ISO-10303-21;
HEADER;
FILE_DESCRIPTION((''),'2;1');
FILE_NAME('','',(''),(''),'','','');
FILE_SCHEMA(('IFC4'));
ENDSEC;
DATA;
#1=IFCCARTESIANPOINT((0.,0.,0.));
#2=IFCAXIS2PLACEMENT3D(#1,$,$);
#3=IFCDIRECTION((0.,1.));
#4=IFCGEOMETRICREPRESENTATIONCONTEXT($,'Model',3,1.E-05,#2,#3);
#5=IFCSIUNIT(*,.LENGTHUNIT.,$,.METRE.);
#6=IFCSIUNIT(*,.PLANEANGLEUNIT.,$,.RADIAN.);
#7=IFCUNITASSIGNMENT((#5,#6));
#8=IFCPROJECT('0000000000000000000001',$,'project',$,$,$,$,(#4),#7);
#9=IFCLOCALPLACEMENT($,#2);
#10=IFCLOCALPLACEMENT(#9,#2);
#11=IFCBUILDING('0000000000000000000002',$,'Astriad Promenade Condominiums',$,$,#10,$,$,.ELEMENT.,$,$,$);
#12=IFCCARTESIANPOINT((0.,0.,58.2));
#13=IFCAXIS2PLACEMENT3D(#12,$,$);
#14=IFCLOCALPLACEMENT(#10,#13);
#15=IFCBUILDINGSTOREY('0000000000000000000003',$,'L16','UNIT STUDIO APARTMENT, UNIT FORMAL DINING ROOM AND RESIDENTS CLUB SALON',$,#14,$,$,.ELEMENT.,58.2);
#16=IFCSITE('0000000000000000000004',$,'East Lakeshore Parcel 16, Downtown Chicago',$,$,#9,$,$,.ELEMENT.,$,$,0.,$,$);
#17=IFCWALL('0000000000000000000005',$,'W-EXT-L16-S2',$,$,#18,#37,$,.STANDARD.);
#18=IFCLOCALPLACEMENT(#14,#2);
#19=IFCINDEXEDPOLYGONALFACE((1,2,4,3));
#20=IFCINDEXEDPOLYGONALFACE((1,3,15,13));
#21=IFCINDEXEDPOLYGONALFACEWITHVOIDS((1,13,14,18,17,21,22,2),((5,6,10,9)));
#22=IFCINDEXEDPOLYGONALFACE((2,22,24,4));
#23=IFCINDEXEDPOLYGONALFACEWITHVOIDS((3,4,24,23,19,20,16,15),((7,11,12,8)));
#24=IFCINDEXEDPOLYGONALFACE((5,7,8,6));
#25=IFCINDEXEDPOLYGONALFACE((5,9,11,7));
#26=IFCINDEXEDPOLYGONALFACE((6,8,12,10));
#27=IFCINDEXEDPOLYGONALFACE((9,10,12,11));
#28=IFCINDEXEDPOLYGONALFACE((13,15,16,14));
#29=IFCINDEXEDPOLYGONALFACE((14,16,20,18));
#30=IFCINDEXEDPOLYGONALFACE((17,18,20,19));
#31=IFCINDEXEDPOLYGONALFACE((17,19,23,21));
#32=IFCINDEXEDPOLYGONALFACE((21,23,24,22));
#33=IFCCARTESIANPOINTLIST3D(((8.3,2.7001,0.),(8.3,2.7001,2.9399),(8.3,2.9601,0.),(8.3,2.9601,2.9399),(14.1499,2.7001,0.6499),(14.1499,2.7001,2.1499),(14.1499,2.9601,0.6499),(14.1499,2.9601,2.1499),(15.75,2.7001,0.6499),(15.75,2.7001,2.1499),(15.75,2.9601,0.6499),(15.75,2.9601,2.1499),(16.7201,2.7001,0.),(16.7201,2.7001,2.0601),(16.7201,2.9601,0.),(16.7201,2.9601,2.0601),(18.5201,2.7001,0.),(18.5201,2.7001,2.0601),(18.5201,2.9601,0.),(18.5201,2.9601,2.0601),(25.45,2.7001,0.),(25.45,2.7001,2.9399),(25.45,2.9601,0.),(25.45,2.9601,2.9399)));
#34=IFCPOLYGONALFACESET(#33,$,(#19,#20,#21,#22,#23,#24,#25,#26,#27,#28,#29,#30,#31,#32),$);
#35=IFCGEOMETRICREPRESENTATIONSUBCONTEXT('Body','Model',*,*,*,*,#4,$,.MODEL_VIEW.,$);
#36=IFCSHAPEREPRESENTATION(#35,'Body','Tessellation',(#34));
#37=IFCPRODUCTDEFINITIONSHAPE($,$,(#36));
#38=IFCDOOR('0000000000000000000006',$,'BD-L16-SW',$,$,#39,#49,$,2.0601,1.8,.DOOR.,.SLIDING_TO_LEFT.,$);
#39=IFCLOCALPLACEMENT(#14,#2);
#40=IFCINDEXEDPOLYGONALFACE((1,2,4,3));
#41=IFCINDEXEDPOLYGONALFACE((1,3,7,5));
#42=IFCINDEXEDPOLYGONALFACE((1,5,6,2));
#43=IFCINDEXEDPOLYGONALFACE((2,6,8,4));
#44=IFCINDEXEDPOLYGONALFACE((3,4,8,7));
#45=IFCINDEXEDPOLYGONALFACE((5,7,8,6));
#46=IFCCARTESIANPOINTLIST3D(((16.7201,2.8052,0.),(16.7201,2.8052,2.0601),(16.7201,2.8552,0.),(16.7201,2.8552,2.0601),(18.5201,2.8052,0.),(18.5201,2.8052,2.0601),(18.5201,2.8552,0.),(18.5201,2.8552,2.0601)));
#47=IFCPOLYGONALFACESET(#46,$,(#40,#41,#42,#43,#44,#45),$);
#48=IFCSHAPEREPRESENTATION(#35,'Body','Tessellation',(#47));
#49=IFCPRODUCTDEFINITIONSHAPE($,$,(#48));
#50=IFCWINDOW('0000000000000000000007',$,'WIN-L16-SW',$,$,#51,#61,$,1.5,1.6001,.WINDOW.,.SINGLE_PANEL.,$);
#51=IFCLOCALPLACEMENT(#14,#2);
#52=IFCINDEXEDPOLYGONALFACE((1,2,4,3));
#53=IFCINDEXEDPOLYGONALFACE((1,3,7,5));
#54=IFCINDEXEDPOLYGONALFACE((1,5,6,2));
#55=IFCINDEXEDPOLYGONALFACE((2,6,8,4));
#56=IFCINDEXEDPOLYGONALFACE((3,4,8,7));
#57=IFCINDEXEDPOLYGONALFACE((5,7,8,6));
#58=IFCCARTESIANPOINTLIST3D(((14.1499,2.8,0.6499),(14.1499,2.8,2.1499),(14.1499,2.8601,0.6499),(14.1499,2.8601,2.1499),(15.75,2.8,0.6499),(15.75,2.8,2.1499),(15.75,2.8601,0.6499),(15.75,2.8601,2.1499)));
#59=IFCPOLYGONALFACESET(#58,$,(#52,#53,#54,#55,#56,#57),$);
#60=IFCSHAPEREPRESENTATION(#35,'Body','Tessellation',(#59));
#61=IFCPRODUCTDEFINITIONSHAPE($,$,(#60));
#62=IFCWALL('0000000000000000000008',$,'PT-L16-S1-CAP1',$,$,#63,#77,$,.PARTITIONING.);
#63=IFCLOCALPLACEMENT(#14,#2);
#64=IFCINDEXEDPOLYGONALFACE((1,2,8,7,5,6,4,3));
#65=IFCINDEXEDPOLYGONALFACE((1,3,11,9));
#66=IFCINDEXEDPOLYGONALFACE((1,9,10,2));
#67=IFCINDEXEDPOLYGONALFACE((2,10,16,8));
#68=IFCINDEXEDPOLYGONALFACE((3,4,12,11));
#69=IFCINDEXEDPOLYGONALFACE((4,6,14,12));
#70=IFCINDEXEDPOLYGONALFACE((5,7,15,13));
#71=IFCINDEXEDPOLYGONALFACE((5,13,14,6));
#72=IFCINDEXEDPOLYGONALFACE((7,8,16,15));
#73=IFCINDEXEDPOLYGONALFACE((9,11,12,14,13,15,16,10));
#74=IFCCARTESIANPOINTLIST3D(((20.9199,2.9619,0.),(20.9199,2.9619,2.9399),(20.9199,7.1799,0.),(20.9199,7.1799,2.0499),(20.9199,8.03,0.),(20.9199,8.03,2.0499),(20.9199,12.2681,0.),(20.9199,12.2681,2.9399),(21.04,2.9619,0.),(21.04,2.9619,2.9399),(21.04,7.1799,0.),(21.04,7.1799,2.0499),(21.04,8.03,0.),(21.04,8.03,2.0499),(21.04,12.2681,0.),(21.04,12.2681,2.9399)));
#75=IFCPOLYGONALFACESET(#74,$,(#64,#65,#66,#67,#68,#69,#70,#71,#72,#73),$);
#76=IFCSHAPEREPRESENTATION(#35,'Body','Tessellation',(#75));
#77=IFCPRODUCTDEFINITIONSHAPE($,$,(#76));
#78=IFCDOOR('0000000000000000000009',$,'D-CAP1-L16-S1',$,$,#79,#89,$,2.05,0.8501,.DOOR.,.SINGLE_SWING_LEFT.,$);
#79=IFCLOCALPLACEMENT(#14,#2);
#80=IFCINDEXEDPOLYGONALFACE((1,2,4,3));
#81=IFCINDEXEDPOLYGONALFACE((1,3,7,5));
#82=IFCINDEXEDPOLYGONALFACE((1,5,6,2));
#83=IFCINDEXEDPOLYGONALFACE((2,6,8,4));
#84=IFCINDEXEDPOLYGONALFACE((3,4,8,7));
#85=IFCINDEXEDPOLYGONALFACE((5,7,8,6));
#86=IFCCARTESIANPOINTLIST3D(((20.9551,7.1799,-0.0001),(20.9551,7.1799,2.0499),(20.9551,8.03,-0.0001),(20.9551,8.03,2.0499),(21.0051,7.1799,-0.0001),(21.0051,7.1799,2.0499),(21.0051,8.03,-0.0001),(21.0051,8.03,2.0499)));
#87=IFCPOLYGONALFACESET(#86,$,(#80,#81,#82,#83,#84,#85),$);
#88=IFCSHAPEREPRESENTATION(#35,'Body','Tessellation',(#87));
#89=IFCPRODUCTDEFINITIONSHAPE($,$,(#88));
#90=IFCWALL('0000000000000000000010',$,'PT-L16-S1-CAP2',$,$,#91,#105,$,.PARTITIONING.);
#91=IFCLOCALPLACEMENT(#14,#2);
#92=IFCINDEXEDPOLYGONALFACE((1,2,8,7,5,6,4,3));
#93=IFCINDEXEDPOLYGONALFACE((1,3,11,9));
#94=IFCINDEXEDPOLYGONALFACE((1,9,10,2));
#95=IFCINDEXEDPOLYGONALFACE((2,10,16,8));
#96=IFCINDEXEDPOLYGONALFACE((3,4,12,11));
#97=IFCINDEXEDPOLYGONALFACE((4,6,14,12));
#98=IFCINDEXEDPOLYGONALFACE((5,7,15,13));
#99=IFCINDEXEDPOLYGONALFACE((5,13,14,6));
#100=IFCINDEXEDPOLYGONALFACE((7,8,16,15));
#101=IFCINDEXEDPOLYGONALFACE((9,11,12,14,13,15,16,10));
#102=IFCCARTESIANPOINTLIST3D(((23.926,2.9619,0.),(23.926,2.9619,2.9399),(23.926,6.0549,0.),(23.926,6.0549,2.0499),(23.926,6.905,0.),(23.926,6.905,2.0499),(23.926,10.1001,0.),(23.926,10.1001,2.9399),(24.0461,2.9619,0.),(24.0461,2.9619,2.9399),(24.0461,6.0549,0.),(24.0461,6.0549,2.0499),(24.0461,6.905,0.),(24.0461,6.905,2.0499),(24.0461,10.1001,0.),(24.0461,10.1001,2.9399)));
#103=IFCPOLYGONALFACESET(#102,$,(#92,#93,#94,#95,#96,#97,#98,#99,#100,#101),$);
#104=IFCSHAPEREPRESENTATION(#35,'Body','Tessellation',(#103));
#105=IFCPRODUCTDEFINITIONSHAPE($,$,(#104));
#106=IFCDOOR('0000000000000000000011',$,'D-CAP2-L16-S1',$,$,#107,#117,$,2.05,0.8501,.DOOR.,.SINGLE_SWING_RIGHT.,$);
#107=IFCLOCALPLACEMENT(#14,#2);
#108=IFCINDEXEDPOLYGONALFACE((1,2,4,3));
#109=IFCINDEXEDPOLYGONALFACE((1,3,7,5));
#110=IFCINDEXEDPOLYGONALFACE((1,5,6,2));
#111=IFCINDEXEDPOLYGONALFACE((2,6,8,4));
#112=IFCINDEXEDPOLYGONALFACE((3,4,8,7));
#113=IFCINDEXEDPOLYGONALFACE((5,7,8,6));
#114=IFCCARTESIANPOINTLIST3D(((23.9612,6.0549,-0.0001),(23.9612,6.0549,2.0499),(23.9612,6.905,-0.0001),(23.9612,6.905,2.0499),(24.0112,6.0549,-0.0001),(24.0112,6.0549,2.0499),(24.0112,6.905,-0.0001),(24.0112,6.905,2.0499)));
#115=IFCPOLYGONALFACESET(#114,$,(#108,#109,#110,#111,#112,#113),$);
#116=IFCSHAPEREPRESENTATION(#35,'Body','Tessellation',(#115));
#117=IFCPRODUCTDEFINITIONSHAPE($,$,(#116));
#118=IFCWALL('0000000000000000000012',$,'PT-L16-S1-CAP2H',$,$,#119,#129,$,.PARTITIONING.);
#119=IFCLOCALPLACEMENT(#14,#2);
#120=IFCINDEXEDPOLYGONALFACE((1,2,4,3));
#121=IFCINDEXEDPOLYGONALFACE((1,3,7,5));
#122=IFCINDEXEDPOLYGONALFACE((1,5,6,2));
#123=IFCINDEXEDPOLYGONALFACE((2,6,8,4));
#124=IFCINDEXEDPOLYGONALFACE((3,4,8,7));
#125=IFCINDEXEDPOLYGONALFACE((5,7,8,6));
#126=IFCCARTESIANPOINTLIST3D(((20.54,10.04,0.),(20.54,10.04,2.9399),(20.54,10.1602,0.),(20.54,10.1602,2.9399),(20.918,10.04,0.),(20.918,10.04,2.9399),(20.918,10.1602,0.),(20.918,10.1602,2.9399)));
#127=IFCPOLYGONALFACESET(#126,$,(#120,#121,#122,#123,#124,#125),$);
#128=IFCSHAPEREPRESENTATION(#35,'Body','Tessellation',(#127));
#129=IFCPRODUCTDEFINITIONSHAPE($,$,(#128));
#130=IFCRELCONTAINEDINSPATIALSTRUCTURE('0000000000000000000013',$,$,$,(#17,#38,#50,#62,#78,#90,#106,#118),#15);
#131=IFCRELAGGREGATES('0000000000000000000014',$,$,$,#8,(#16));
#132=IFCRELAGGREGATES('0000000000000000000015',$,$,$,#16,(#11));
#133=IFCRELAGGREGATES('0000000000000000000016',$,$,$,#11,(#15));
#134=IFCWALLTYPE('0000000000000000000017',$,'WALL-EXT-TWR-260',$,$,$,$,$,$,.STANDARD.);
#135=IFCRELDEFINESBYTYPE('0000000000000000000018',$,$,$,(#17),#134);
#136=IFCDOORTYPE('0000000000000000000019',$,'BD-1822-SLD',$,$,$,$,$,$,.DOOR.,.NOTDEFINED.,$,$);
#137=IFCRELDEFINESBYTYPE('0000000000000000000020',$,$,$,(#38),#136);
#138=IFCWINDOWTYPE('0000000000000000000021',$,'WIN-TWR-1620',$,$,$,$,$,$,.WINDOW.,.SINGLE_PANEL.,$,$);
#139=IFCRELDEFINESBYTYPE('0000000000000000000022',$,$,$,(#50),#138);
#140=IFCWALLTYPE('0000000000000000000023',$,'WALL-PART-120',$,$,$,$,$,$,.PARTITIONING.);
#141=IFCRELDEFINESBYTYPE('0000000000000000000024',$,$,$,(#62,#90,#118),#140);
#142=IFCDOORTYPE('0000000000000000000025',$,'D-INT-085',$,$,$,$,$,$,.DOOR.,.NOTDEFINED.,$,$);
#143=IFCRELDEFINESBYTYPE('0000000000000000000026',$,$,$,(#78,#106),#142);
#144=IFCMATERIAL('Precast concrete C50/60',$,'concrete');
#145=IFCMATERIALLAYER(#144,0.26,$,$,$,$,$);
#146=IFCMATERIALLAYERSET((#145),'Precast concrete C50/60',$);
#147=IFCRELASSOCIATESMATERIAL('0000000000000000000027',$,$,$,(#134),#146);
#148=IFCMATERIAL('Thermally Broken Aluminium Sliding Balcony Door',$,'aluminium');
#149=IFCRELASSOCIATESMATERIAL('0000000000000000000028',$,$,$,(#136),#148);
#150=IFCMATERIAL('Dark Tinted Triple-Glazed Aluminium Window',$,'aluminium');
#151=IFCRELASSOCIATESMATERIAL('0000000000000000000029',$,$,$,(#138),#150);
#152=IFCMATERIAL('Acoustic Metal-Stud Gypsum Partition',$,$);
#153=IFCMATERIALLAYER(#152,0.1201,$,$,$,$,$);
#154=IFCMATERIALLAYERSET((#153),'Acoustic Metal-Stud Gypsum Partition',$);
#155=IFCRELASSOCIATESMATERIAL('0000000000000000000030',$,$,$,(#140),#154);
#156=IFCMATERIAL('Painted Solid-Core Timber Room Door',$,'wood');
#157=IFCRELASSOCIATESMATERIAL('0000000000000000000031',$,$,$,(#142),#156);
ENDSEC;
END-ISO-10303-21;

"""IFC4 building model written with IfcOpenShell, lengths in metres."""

from ifc_helpers import new_model, si_unit, direction, frame, frame_2d, origin, place, context, subcontext, project, spatial, rectangle, extrude, source, transform, mapped, material, layer, layer_set, type_object, type_shapes, element, fill, save


model = new_model("IFC4")

# Units and contexts
model_context = context("Model", 3, precision=1e-05, world=origin(), true_north=direction((0.0, 1.0)))
body_context = subcontext(model_context, "Body", "Model", "MODEL_VIEW")
ifc_project = project(units=[si_unit("LENGTHUNIT", "METRE"), si_unit("PLANEANGLEUNIT", "RADIAN")], contexts=[model_context])

# Site, building, storey
site_placement = place(None, origin())
site = spatial("IfcSite", under=ifc_project, at=site_placement, Name="East Lakeshore Parcel 16, Downtown Chicago", CompositionType="ELEMENT", RefElevation=0.0)
building_placement = place(site_placement, origin())
building = spatial("IfcBuilding", under=site, at=building_placement, Name="Astriad Promenade Condominiums", CompositionType="ELEMENT")
storey_placement = place(building_placement, frame((0.0, 0.0, 58.2)))
storey = spatial("IfcBuildingStorey", under=building, at=storey_placement, Name="L16", Description="UNIT STUDIO APARTMENT, UNIT FORMAL DINING ROOM AND RESIDENTS CLUB SALON", CompositionType="ELEMENT", Elevation=58.2)

# Wall, openings, door, window
ifc_material_1 = material(Name="Precast concrete C50/60", Category="concrete")
ifc_layer_1 = layer(ifc_material_1, 0.26)
ifc_layer_set_1 = layer_set([ifc_layer_1], Name="Precast concrete C50/60")
wall_type_1 = type_object("IfcWallType", Name="WALL-EXT-TWR-260", PredefinedType="STANDARD", material=ifc_layer_set_1)
wall_1_placement = place(storey_placement, frame((25.45, 2.8301, 0.0), z_axis=(0.0, 0.0, 1.0), x_axis=(-1.0, 0.0, 0.0)))
wall_1 = element("IfcWall", 1, at=wall_1_placement, inside=storey, type_object=wall_type_1, Name="W-EXT-L16-S2", PredefinedType="STANDARD", context=body_context, shape_type="SweptSolid", body=[
    extrude(rectangle(XDim=17.1499, YDim=0.26, at=frame_2d((8.575, 0.0))), origin(), (0.0, 0.0, 1.0), 2.9399),
])
opening_1_placement = place(wall_1_placement, frame((6.9299, 0.0, 0.0)))
opening_1 = element("IfcOpeningElement", 2, at=opening_1_placement, cuts=wall_1, PredefinedType="OPENING", context=body_context, shape_type="SweptSolid", body=[
    extrude(rectangle(XDim=1.8, YDim=2.0601, at=frame_2d((0.8999, 1.03))), frame((0.0, 0.1399, 0.0), z_axis=(0.0, -1.0, 0.0), x_axis=(1.0, 0.0, 0.0)), (0.0, 0.0, 1.0), 0.28),
])
opening_2_placement = place(wall_1_placement, frame((9.7, 0.0, 0.6499)))
opening_2 = element("IfcOpeningElement", 3, at=opening_2_placement, cuts=wall_1, PredefinedType="OPENING", context=body_context, shape_type="SweptSolid", body=[
    extrude(rectangle(XDim=1.6001, YDim=1.5, at=frame_2d((0.8, 0.75))), frame((0.0, 0.1399, 0.0), z_axis=(0.0, -1.0, 0.0), x_axis=(1.0, 0.0, 0.0)), (0.0, 0.0, 1.0), 0.28),
])
ifc_material_2 = material(Name="Thermally Broken Aluminium Sliding Balcony Door", Category="aluminium")
door_type_1 = type_object("IfcDoorType", Name="BD-1822-SLD", OperationType="NOTDEFINED", PredefinedType="DOOR", material=ifc_material_2)
shared_shape_1 = source(origin(), body_context, "Body", "SweptSolid", [
    extrude(rectangle(XDim=1.8, YDim=2.0601, at=frame_2d((0.8999, 1.03))), frame((0.0, 0.0249, 0.0), z_axis=(0.0, -1.0, 0.0), x_axis=(1.0, 0.0, 0.0)), (0.0, 0.0, 1.0), 0.05),
])
type_shapes(door_type_1, [shared_shape_1])
door_1_placement = place(opening_1_placement, origin())
door_1 = element("IfcDoor", 4, at=door_1_placement, inside=storey, type_object=door_type_1, Name="BD-L16-SW", OperationType="SLIDING_TO_LEFT", OverallHeight=2.0601, OverallWidth=1.8, PredefinedType="DOOR", context=body_context, shape_type="MappedRepresentation", body=[
    mapped(shared_shape_1, transform((0.0, 0.0, 0.0), scale=1.0)),
])
fill(opening_1, door_1)
ifc_material_3 = material(Name="Dark Tinted Triple-Glazed Aluminium Window", Category="aluminium")
window_type = type_object("IfcWindowType", Name="WIN-TWR-1620", PartitioningType="SINGLE_PANEL", PredefinedType="WINDOW", material=ifc_material_3)
shared_shape_2 = source(origin(), body_context, "Body", "SweptSolid", [
    extrude(rectangle(XDim=1.6001, YDim=1.5, at=frame_2d((0.8, 0.75))), frame((0.0, 0.03, 0.0), z_axis=(0.0, -1.0, 0.0), x_axis=(1.0, 0.0, 0.0)), (0.0, 0.0, 1.0), 0.0601),
])
type_shapes(window_type, [shared_shape_2])
window_placement = place(opening_2_placement, origin())
window = element("IfcWindow", 5, at=window_placement, inside=storey, type_object=window_type, Name="WIN-L16-SW", OverallHeight=1.5, OverallWidth=1.6001, PartitioningType="SINGLE_PANEL", PredefinedType="WINDOW", context=body_context, shape_type="MappedRepresentation", body=[
    mapped(shared_shape_2, transform((0.0, 0.0, 0.0), scale=1.0)),
])
fill(opening_2, window)

# Walls, openings, doors
ifc_material_4 = material(Name="Acoustic Metal-Stud Gypsum Partition")
ifc_layer_2 = layer(ifc_material_4, 0.1201)
ifc_layer_set_2 = layer_set([ifc_layer_2], Name="Acoustic Metal-Stud Gypsum Partition")
wall_type_2 = type_object("IfcWallType", Name="WALL-PART-120", PredefinedType="PARTITIONING", material=ifc_layer_set_2)
wall_2_placement = place(storey_placement, frame((20.98, 2.9619, 0.0), z_axis=(0.0, 0.0, 1.0), x_axis=(0.0, 1.0, 0.0)))
wall_2 = element("IfcWall", 6, at=wall_2_placement, inside=storey, type_object=wall_type_2, Name="PT-L16-S1-CAP1", PredefinedType="PARTITIONING", context=body_context, shape_type="SweptSolid", body=[
    extrude(rectangle(XDim=9.3062, YDim=0.1201, at=frame_2d((4.6531, 0.0))), origin(), (0.0, 0.0, 1.0), 2.9399),
])
opening_3_placement = place(wall_2_placement, frame((4.218, 0.0, 0.0)))
opening_3 = element("IfcOpeningElement", 7, at=opening_3_placement, cuts=wall_2, PredefinedType="OPENING", context=body_context, shape_type="SweptSolid", body=[
    extrude(rectangle(XDim=0.8501, YDim=2.05, at=frame_2d((0.425, 1.0249))), frame((0.0, 0.0701, 0.0), z_axis=(0.0, -1.0, 0.0), x_axis=(1.0, 0.0, 0.0)), (0.0, 0.0, 1.0), 0.1401),
])
ifc_material_5 = material(Name="Painted Solid-Core Timber Room Door", Category="wood")
door_type_2 = type_object("IfcDoorType", Name="D-INT-085", OperationType="NOTDEFINED", PredefinedType="DOOR", material=ifc_material_5)
shared_shape_3 = source(origin(), body_context, "Body", "SweptSolid", [
    extrude(rectangle(XDim=0.8501, YDim=2.05, at=frame_2d((0.425, 1.0249))), frame((0.0, 0.0249, 0.0), z_axis=(0.0, -1.0, 0.0), x_axis=(1.0, 0.0, 0.0)), (0.0, 0.0, 1.0), 0.05),
])
type_shapes(door_type_2, [shared_shape_3])
door_2_placement = place(opening_3_placement, origin())
door_2 = element("IfcDoor", 8, at=door_2_placement, inside=storey, type_object=door_type_2, Name="D-CAP1-L16-S1", OperationType="SINGLE_SWING_LEFT", OverallHeight=2.05, OverallWidth=0.8501, PredefinedType="DOOR", context=body_context, shape_type="MappedRepresentation", body=[
    mapped(shared_shape_3, transform((0.0, 0.0, 0.0), scale=1.0)),
])
fill(opening_3, door_2)
wall_3_placement = place(storey_placement, frame((23.9861, 2.9619, 0.0), z_axis=(0.0, 0.0, 1.0), x_axis=(0.0, 1.0, 0.0)))
wall_3 = element("IfcWall", 9, at=wall_3_placement, inside=storey, type_object=wall_type_2, Name="PT-L16-S1-CAP2", PredefinedType="PARTITIONING", context=body_context, shape_type="SweptSolid", body=[
    extrude(rectangle(XDim=7.1382, YDim=0.1201, at=frame_2d((3.5691, 0.0))), origin(), (0.0, 0.0, 1.0), 2.9399),
])
opening_4_placement = place(wall_3_placement, frame((3.093, 0.0, 0.0)))
opening_4 = element("IfcOpeningElement", 10, at=opening_4_placement, cuts=wall_3, PredefinedType="OPENING", context=body_context, shape_type="SweptSolid", body=[
    extrude(rectangle(XDim=0.8501, YDim=2.05, at=frame_2d((0.425, 1.0249))), frame((0.0, 0.0701, 0.0), z_axis=(0.0, -1.0, 0.0), x_axis=(1.0, 0.0, 0.0)), (0.0, 0.0, 1.0), 0.1401),
])
door_3_placement = place(opening_4_placement, origin())
door_3 = element("IfcDoor", 11, at=door_3_placement, inside=storey, type_object=door_type_2, Name="D-CAP2-L16-S1", OperationType="SINGLE_SWING_RIGHT", OverallHeight=2.05, OverallWidth=0.8501, PredefinedType="DOOR", context=body_context, shape_type="MappedRepresentation", body=[
    mapped(shared_shape_3, transform((0.0, 0.0, 0.0), scale=1.0)),
])
fill(opening_4, door_3)

# Wall
wall_4_placement = place(storey_placement, frame((20.54, 10.1001, 0.0), z_axis=(0.0, 0.0, 1.0), x_axis=(1.0, 0.0, 0.0)))
element("IfcWall", 12, at=wall_4_placement, inside=storey, type_object=wall_type_2, Name="PT-L16-S1-CAP2H", PredefinedType="PARTITIONING", context=body_context, shape_type="SweptSolid", body=[
    extrude(rectangle(XDim=0.3779, YDim=0.1201, at=frame_2d((0.189, 0.0))), origin(), (0.0, 0.0, 1.0), 2.9399),
])

save(model, "model.ifc")
